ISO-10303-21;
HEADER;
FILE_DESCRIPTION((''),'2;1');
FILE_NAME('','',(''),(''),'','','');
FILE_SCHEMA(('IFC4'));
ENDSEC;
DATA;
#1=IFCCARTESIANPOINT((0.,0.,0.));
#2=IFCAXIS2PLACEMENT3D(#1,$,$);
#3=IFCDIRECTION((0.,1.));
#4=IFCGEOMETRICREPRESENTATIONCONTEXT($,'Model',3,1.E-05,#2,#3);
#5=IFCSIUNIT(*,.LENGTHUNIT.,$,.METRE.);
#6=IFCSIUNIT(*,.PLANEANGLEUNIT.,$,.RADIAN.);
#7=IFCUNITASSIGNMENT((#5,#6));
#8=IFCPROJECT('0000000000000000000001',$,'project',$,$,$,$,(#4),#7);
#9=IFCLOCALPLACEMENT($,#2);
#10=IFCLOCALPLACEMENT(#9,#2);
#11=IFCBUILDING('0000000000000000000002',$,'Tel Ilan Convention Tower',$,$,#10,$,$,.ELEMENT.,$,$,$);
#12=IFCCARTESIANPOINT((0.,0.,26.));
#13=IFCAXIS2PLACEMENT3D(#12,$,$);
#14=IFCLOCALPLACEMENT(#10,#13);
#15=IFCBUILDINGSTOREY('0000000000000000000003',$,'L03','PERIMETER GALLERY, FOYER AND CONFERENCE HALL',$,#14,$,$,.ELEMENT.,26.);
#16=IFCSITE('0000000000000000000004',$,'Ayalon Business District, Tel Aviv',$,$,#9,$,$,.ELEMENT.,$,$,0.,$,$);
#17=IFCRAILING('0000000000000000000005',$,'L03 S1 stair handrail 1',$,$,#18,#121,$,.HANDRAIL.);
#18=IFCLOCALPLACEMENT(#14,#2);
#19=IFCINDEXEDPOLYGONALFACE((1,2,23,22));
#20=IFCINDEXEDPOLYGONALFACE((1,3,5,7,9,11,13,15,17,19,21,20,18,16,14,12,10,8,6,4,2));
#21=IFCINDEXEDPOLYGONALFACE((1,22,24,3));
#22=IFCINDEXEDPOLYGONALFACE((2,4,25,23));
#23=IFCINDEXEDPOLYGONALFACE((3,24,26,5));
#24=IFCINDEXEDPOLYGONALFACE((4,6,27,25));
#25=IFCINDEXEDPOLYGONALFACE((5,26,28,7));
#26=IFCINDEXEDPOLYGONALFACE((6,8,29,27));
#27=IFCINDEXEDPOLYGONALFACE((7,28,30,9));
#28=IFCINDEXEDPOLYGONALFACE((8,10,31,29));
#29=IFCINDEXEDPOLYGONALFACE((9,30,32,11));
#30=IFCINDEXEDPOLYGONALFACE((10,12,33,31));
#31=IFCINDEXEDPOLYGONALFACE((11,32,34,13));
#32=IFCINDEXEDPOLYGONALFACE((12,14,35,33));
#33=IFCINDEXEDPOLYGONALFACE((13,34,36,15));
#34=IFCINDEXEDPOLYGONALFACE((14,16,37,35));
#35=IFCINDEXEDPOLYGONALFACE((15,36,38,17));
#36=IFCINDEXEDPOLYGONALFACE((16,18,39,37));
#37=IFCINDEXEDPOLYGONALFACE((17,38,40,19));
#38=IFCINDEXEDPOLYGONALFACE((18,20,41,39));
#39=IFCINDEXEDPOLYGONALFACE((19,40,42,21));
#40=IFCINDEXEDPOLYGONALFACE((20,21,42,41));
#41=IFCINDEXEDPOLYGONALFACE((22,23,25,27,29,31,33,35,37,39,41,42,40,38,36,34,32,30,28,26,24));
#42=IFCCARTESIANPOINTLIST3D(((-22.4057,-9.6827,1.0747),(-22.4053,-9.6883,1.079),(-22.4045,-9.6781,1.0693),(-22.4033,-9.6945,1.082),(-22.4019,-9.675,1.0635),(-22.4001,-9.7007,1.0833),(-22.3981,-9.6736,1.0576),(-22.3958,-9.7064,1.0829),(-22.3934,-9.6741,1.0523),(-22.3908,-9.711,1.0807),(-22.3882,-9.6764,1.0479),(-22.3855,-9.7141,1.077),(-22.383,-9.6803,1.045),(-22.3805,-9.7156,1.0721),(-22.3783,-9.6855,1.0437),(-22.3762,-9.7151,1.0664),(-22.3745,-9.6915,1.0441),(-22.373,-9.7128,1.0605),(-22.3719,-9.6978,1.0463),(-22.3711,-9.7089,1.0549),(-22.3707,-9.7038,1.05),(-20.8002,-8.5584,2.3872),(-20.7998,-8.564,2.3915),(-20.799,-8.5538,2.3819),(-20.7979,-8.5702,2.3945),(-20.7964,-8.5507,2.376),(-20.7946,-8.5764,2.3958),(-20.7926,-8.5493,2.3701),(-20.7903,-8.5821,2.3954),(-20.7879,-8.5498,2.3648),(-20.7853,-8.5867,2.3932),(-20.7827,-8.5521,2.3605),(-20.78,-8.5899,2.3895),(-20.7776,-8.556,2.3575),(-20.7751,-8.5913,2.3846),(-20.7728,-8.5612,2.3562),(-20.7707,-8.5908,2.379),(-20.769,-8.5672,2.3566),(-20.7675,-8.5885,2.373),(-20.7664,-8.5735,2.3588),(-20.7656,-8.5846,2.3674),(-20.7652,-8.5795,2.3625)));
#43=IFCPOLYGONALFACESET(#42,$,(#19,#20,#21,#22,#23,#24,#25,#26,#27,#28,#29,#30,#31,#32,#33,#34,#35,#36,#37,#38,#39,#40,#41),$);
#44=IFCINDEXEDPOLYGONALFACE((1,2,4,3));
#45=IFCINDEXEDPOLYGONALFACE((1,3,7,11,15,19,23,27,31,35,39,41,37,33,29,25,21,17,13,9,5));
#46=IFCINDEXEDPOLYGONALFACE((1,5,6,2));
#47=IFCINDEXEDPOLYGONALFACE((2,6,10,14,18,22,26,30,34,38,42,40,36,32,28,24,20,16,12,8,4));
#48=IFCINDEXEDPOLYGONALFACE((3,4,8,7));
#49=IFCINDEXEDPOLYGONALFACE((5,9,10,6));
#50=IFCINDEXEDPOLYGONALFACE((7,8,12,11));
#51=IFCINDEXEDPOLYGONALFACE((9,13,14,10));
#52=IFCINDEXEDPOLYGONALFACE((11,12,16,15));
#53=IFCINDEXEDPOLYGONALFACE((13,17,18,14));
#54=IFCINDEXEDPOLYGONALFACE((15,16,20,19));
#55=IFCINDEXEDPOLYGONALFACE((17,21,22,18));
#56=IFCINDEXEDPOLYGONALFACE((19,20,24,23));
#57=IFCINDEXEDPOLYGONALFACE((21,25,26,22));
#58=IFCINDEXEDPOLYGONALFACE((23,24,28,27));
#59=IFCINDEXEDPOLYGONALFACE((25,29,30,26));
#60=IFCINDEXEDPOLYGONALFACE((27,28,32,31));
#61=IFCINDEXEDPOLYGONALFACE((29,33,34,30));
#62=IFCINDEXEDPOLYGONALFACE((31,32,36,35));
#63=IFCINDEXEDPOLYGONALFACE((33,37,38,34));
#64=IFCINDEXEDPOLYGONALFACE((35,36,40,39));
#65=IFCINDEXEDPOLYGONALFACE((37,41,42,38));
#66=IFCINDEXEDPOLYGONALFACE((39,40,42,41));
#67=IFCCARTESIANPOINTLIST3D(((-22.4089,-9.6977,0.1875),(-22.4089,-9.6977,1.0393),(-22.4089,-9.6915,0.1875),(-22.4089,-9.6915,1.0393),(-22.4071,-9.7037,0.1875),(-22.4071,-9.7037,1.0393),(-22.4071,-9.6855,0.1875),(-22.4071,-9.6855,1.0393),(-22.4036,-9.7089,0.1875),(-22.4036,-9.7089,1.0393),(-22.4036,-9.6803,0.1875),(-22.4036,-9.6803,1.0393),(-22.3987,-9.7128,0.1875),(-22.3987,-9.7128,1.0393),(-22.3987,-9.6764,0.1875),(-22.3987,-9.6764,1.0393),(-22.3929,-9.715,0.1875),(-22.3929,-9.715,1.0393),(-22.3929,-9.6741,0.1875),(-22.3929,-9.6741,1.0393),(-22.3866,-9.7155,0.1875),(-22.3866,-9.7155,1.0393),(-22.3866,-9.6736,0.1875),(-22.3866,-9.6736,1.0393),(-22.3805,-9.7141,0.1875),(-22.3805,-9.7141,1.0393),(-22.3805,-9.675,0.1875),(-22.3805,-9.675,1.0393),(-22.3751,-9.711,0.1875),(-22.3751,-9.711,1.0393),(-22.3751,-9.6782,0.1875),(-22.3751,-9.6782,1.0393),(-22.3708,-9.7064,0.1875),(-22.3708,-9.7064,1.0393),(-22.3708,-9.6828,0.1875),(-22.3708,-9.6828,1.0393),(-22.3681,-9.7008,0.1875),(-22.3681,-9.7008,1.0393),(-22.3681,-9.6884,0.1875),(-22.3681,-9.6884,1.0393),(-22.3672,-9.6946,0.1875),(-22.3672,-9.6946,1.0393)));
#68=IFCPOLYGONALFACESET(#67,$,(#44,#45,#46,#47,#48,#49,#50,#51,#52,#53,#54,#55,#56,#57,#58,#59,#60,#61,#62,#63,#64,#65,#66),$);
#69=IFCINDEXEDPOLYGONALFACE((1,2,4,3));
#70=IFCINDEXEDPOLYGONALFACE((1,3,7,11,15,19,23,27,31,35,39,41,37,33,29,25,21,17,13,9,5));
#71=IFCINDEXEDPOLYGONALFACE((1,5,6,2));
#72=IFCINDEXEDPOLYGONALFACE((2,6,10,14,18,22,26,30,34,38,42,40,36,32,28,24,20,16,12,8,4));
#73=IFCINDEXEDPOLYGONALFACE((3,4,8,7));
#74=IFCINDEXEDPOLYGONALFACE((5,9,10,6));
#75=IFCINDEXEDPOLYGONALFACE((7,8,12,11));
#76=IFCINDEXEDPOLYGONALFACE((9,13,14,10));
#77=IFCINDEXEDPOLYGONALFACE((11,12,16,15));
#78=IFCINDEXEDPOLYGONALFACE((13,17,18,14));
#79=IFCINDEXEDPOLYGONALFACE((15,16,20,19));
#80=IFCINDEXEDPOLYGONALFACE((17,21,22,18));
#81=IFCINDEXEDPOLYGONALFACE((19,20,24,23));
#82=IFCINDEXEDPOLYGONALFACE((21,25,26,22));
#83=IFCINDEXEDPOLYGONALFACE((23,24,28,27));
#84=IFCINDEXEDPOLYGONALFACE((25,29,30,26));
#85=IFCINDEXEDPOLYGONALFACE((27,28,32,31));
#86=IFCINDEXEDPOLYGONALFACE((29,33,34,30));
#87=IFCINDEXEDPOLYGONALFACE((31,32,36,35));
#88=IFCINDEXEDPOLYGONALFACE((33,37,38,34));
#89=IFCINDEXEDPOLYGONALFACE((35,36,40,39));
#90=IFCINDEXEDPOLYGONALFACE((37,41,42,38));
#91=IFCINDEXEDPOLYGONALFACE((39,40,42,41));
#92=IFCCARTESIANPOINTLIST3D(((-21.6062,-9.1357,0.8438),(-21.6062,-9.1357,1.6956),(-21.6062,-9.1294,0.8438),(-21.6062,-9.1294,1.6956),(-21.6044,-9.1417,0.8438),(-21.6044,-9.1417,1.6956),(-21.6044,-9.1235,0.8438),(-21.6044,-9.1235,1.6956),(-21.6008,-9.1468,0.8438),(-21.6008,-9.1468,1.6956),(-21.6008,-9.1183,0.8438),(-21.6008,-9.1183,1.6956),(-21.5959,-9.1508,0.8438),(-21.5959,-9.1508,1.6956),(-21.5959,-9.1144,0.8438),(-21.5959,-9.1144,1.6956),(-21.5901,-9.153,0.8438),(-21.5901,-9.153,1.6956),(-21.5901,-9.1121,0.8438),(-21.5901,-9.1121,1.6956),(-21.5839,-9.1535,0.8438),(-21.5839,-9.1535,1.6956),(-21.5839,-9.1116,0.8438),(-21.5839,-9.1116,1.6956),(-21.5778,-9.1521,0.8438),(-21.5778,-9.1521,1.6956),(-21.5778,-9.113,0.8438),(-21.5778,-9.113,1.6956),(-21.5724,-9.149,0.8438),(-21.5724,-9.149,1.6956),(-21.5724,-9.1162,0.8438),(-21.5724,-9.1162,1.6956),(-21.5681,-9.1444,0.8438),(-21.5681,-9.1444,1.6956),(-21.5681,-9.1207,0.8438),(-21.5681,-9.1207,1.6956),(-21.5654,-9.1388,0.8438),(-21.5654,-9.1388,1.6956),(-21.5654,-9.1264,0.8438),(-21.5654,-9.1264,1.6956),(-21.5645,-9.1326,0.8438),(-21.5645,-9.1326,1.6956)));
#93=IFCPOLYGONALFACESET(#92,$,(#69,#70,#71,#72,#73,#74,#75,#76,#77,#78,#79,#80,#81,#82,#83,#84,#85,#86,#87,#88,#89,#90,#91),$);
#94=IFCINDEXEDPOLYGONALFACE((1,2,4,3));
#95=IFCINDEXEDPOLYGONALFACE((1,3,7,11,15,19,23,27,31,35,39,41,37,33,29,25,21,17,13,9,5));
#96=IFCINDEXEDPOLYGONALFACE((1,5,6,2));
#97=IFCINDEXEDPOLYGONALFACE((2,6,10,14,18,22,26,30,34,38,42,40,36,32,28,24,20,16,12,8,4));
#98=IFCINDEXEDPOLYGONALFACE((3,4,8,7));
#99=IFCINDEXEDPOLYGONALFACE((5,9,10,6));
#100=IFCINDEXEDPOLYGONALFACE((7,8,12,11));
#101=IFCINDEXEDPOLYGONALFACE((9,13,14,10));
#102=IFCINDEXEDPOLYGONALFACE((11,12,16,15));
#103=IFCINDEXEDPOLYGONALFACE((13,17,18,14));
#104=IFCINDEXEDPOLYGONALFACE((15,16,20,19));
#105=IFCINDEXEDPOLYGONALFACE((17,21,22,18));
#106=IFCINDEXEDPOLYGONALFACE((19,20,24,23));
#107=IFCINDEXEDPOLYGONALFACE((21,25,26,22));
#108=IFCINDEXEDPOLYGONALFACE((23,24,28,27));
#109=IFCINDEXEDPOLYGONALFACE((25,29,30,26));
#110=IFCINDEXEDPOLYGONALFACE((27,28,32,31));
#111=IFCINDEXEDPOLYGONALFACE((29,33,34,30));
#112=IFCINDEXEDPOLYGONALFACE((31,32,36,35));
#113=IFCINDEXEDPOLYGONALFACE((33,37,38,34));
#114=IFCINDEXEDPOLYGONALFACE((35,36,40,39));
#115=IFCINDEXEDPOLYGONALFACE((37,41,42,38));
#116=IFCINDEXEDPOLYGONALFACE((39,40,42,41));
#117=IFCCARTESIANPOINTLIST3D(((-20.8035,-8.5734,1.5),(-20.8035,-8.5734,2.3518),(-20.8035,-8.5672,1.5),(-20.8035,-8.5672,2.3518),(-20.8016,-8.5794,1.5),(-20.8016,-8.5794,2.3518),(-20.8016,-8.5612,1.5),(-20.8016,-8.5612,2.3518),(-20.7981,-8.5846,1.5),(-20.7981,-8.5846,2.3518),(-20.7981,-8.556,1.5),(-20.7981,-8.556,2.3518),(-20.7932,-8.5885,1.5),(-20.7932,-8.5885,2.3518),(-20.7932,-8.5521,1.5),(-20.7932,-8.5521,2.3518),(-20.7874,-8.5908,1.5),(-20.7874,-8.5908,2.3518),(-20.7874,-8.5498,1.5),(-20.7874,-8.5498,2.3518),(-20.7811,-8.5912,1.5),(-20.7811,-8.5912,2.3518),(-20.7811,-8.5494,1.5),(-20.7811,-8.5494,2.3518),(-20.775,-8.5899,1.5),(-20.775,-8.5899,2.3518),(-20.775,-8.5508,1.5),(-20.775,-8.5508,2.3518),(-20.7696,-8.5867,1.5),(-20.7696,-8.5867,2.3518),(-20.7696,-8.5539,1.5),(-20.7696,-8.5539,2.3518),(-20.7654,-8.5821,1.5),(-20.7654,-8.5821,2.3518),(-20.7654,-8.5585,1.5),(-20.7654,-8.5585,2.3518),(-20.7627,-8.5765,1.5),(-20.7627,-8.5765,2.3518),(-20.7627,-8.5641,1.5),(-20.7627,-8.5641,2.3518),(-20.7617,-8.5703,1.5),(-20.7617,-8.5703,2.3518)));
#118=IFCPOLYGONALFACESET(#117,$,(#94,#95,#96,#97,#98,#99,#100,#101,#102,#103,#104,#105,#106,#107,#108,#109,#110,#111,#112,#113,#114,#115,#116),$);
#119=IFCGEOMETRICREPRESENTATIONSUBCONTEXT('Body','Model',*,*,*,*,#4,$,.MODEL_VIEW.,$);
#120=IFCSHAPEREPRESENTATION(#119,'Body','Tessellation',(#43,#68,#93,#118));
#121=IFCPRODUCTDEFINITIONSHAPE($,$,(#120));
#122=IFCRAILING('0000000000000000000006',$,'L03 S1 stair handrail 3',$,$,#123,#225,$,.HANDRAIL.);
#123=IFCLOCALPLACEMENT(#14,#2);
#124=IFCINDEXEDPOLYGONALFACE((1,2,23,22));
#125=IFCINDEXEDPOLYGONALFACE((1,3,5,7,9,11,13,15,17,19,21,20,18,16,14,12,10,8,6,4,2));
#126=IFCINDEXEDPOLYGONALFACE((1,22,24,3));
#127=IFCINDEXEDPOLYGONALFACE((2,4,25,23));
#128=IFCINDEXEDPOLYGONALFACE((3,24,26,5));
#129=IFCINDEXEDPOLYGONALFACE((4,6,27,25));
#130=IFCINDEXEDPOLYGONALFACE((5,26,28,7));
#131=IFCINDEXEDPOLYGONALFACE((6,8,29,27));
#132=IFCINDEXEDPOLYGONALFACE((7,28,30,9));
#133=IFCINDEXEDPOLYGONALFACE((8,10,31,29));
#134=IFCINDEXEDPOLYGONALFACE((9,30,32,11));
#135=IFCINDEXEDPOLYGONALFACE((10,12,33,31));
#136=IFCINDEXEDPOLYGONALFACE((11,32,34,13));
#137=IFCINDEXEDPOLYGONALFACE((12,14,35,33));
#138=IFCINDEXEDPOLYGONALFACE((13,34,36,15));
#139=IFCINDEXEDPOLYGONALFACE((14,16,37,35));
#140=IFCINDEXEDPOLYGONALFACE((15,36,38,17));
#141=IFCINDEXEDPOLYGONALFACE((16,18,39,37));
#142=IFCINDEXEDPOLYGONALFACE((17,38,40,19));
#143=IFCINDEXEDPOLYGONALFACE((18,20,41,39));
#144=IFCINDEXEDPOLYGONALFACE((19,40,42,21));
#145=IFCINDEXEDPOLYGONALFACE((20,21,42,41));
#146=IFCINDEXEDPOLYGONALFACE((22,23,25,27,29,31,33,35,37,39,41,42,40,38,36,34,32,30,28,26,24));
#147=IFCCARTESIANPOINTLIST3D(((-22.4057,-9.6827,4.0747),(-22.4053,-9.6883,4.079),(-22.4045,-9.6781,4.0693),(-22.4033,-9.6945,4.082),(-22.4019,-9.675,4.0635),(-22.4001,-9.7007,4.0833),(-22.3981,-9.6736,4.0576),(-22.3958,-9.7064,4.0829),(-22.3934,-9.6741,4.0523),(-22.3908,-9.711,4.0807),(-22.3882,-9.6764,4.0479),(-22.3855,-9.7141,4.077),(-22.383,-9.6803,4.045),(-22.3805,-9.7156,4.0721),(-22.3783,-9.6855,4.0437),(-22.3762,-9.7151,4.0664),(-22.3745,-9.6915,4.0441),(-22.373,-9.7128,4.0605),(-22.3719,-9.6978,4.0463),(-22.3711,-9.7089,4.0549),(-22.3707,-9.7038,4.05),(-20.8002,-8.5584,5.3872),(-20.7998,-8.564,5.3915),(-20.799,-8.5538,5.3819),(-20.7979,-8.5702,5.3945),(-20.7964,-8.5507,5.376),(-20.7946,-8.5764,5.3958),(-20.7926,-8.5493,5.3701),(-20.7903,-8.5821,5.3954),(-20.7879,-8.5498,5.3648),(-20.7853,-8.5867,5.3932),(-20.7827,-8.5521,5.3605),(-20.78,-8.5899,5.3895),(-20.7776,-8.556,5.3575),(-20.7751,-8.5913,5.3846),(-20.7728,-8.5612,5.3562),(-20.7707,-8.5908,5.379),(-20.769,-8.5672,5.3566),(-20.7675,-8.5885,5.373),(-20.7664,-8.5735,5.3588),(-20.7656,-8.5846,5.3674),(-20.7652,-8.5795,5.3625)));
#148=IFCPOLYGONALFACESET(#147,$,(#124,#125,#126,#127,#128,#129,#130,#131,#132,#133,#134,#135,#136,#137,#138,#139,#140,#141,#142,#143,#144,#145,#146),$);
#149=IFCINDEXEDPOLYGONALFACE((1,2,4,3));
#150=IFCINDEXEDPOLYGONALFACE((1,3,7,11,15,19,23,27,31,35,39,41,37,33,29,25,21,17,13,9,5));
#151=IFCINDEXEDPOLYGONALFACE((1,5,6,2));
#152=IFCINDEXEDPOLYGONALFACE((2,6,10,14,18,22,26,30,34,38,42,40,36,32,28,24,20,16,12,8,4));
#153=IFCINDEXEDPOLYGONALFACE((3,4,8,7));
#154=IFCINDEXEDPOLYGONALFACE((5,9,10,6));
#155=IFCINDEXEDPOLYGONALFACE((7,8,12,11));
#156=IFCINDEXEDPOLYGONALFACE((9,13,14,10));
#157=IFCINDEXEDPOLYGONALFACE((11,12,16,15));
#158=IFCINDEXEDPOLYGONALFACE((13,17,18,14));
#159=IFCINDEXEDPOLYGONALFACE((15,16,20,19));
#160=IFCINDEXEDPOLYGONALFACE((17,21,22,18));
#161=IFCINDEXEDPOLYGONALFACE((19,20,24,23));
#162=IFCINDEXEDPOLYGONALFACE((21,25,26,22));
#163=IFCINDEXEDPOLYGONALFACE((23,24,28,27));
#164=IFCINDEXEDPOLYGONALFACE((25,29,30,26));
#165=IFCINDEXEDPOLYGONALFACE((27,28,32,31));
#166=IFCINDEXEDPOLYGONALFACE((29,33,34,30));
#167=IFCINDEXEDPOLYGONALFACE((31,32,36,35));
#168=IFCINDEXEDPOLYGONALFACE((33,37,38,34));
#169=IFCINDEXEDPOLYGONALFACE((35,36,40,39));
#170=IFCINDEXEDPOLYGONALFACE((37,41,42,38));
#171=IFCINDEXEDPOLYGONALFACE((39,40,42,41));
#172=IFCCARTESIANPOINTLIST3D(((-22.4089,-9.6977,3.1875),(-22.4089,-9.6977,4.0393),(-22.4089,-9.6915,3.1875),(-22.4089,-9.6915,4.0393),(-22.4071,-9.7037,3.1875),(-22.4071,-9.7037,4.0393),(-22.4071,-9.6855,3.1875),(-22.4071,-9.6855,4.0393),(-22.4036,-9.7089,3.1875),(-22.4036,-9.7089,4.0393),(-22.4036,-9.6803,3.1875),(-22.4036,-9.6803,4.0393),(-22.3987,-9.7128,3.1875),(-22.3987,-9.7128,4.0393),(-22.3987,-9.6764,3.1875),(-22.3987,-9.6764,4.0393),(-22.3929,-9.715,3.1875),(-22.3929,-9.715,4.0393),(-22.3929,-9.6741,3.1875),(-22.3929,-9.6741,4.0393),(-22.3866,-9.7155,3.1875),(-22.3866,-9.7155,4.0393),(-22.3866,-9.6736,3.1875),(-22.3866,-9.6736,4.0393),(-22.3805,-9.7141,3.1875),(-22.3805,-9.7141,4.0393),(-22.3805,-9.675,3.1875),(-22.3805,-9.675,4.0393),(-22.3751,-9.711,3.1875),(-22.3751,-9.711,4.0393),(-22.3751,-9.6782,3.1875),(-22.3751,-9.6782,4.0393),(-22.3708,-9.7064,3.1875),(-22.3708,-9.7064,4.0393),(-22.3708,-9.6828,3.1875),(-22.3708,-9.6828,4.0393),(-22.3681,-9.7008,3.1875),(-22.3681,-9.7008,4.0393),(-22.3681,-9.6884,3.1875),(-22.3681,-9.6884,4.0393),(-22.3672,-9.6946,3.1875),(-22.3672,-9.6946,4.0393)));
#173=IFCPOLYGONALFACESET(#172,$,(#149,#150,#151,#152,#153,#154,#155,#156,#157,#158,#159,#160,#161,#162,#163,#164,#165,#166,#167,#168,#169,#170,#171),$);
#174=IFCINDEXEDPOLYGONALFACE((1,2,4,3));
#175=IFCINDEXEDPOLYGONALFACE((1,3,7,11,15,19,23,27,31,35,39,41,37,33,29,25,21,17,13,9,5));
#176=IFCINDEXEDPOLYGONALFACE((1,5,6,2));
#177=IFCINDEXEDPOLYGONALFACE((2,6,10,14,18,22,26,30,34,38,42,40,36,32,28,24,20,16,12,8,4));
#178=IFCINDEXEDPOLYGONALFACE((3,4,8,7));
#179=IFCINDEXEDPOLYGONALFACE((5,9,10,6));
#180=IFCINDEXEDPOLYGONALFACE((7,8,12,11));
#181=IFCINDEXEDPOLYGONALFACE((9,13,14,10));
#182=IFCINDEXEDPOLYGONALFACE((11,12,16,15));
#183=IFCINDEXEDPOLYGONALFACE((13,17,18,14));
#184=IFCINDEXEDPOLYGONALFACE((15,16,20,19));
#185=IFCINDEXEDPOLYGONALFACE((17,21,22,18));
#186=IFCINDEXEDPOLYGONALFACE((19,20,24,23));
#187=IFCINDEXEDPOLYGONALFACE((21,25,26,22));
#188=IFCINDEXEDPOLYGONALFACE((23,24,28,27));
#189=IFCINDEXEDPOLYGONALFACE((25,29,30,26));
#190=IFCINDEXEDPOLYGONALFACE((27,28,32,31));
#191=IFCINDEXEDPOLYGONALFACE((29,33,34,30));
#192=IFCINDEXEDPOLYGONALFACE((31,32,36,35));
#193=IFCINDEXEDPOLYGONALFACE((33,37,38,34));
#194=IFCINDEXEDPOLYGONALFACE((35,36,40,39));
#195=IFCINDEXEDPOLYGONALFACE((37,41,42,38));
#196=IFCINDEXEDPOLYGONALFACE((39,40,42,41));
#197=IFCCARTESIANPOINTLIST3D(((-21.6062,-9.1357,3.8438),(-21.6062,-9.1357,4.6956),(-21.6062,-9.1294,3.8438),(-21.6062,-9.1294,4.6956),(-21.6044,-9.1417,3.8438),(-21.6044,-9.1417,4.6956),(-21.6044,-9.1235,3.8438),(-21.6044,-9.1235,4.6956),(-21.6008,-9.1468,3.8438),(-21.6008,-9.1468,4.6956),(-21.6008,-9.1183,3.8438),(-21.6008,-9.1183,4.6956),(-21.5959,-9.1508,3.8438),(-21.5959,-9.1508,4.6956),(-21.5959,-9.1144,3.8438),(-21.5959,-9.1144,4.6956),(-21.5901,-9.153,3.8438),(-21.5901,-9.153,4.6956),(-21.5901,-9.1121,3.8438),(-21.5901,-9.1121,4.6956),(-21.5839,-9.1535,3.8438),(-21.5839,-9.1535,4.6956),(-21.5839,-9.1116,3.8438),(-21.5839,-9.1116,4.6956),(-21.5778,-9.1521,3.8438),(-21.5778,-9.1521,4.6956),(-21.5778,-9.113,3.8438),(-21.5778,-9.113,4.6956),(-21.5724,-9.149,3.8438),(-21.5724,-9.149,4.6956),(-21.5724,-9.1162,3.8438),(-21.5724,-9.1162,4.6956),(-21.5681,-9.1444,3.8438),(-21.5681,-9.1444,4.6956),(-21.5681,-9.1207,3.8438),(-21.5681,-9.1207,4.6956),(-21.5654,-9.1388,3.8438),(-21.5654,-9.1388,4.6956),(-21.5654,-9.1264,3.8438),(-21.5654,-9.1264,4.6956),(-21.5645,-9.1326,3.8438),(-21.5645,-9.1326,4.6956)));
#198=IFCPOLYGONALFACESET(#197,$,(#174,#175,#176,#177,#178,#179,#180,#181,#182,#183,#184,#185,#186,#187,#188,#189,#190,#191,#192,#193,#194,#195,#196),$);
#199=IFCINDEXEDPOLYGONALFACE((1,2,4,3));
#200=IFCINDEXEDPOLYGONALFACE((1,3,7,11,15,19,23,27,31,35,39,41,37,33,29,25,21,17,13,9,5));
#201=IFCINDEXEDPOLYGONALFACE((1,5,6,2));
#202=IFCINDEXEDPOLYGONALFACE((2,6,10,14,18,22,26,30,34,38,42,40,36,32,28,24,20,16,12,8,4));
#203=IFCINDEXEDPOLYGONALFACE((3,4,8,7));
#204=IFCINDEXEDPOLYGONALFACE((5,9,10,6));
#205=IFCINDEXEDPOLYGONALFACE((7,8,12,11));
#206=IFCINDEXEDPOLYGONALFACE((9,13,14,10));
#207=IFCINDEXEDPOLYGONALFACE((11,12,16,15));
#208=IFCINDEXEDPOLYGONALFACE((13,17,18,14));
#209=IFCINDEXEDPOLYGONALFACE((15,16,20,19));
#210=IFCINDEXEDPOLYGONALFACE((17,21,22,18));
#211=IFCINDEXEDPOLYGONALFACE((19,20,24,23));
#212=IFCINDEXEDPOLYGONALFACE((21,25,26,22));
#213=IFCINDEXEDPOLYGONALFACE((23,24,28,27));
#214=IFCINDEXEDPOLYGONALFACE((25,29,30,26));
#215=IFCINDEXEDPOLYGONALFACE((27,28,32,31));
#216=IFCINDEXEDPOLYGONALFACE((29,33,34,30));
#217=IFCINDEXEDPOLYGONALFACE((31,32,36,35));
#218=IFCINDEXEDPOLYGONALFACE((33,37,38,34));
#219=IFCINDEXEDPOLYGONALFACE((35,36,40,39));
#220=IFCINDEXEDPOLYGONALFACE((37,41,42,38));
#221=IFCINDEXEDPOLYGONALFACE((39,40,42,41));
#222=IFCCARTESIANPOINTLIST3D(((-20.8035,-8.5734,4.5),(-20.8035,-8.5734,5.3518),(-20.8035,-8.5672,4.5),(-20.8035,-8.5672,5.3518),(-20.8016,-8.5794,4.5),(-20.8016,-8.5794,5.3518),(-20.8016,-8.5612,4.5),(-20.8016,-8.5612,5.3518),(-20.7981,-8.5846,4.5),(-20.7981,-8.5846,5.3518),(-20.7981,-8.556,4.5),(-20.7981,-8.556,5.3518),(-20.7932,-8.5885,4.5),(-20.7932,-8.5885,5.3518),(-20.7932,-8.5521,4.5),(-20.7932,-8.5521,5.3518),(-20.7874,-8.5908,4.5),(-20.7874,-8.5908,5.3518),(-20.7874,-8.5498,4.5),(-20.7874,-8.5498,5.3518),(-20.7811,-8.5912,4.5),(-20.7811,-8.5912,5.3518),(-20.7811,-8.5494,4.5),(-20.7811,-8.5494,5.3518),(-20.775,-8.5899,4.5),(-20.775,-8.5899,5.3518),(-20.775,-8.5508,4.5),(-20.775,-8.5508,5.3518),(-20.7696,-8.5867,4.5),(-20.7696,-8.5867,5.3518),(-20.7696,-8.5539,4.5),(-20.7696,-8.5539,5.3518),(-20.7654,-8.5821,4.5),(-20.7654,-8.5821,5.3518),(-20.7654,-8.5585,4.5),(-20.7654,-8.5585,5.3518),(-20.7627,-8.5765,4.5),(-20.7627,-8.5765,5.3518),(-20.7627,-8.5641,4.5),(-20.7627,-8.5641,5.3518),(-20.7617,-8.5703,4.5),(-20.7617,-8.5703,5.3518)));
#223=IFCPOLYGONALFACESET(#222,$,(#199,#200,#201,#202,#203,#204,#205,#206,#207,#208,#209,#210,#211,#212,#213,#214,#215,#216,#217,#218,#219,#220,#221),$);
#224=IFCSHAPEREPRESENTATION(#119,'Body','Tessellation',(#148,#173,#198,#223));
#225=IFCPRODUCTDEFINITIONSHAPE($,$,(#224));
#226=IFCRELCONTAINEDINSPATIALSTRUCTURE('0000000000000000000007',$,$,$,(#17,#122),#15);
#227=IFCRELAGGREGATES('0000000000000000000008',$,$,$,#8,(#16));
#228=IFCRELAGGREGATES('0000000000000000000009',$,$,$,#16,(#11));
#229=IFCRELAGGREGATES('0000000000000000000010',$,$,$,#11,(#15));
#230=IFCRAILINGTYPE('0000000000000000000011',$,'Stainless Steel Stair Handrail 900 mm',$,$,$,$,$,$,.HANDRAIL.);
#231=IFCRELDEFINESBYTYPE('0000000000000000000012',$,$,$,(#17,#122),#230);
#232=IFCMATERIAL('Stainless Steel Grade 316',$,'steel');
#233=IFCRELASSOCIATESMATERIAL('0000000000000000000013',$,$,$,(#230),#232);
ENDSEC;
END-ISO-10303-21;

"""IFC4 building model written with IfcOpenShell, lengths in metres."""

from ifc_helpers import new_model, si_unit, direction, frame, origin, origin_2d, place, context, subcontext, project, spatial, circle, extrude, material, type_object, element, save


model = new_model("IFC4")

# Units and contexts
model_context = context("Model", 3, precision=1e-05, world=origin(), true_north=direction((0.0, 1.0)))
body_context = subcontext(model_context, "Body", "Model", "MODEL_VIEW")
ifc_project = project(units=[si_unit("LENGTHUNIT", "METRE"), si_unit("PLANEANGLEUNIT", "RADIAN")], contexts=[model_context])

# Site, building, storey
site_placement = place(None, origin())
site = spatial("IfcSite", under=ifc_project, at=site_placement, Name="Ayalon Business District, Tel Aviv", CompositionType="ELEMENT", RefElevation=0.0)
building_placement = place(site_placement, origin())
building = spatial("IfcBuilding", under=site, at=building_placement, Name="Tel Ilan Convention Tower", CompositionType="ELEMENT")
storey_placement = place(building_placement, frame((0.0, 0.0, 26.0)))
storey = spatial("IfcBuildingStorey", under=building, at=storey_placement, Name="L03", Description="PERIMETER GALLERY, FOYER AND CONFERENCE HALL", CompositionType="ELEMENT", Elevation=26.0)

# Railings
ifc_material_1 = material(Name="Stainless Steel Grade 316", Category="steel")
railing_type_1 = type_object("IfcRailingType", Name="Stainless Steel Stair Handrail 900 mm", PredefinedType="HANDRAIL", material=ifc_material_1)
for number, where, name in (
    (1, (-22.3882, -9.6946, 0.1875), "L03 S1 stair handrail 1"),
    (2, (-22.3882, -9.6946, 3.1875), "L03 S1 stair handrail 3"),
):
    element("IfcRailing", number, at=place(storey_placement, frame(where)), inside=storey, type_object=railing_type_1, Name=name, PredefinedType="HANDRAIL", context=body_context, shape_type="SweptSolid", body=[
        extrude(circle(Radius=0.0239, at=origin_2d()), frame((0.0, 0.0, 0.876), z_axis=(0.680616, 0.476617, 0.556416), x_axis=(-0.573613, 0.819127, 0.0)), (0.0, 0.0, 1.0), 2.3589),
        extrude(circle(Radius=0.021, at=origin_2d()), origin(), (0.0, 0.0, 1.0), 0.8518),
        extrude(circle(Radius=0.021, at=origin_2d()), frame((0.8027, 0.562, 0.6562)), (0.0, 0.0, 1.0), 0.8518),
        extrude(circle(Radius=0.021, at=origin_2d()), frame((1.6055, 1.1243, 1.3125)), (0.0, 0.0, 1.0), 0.8518),
    ])

save(model, "model.ifc")
